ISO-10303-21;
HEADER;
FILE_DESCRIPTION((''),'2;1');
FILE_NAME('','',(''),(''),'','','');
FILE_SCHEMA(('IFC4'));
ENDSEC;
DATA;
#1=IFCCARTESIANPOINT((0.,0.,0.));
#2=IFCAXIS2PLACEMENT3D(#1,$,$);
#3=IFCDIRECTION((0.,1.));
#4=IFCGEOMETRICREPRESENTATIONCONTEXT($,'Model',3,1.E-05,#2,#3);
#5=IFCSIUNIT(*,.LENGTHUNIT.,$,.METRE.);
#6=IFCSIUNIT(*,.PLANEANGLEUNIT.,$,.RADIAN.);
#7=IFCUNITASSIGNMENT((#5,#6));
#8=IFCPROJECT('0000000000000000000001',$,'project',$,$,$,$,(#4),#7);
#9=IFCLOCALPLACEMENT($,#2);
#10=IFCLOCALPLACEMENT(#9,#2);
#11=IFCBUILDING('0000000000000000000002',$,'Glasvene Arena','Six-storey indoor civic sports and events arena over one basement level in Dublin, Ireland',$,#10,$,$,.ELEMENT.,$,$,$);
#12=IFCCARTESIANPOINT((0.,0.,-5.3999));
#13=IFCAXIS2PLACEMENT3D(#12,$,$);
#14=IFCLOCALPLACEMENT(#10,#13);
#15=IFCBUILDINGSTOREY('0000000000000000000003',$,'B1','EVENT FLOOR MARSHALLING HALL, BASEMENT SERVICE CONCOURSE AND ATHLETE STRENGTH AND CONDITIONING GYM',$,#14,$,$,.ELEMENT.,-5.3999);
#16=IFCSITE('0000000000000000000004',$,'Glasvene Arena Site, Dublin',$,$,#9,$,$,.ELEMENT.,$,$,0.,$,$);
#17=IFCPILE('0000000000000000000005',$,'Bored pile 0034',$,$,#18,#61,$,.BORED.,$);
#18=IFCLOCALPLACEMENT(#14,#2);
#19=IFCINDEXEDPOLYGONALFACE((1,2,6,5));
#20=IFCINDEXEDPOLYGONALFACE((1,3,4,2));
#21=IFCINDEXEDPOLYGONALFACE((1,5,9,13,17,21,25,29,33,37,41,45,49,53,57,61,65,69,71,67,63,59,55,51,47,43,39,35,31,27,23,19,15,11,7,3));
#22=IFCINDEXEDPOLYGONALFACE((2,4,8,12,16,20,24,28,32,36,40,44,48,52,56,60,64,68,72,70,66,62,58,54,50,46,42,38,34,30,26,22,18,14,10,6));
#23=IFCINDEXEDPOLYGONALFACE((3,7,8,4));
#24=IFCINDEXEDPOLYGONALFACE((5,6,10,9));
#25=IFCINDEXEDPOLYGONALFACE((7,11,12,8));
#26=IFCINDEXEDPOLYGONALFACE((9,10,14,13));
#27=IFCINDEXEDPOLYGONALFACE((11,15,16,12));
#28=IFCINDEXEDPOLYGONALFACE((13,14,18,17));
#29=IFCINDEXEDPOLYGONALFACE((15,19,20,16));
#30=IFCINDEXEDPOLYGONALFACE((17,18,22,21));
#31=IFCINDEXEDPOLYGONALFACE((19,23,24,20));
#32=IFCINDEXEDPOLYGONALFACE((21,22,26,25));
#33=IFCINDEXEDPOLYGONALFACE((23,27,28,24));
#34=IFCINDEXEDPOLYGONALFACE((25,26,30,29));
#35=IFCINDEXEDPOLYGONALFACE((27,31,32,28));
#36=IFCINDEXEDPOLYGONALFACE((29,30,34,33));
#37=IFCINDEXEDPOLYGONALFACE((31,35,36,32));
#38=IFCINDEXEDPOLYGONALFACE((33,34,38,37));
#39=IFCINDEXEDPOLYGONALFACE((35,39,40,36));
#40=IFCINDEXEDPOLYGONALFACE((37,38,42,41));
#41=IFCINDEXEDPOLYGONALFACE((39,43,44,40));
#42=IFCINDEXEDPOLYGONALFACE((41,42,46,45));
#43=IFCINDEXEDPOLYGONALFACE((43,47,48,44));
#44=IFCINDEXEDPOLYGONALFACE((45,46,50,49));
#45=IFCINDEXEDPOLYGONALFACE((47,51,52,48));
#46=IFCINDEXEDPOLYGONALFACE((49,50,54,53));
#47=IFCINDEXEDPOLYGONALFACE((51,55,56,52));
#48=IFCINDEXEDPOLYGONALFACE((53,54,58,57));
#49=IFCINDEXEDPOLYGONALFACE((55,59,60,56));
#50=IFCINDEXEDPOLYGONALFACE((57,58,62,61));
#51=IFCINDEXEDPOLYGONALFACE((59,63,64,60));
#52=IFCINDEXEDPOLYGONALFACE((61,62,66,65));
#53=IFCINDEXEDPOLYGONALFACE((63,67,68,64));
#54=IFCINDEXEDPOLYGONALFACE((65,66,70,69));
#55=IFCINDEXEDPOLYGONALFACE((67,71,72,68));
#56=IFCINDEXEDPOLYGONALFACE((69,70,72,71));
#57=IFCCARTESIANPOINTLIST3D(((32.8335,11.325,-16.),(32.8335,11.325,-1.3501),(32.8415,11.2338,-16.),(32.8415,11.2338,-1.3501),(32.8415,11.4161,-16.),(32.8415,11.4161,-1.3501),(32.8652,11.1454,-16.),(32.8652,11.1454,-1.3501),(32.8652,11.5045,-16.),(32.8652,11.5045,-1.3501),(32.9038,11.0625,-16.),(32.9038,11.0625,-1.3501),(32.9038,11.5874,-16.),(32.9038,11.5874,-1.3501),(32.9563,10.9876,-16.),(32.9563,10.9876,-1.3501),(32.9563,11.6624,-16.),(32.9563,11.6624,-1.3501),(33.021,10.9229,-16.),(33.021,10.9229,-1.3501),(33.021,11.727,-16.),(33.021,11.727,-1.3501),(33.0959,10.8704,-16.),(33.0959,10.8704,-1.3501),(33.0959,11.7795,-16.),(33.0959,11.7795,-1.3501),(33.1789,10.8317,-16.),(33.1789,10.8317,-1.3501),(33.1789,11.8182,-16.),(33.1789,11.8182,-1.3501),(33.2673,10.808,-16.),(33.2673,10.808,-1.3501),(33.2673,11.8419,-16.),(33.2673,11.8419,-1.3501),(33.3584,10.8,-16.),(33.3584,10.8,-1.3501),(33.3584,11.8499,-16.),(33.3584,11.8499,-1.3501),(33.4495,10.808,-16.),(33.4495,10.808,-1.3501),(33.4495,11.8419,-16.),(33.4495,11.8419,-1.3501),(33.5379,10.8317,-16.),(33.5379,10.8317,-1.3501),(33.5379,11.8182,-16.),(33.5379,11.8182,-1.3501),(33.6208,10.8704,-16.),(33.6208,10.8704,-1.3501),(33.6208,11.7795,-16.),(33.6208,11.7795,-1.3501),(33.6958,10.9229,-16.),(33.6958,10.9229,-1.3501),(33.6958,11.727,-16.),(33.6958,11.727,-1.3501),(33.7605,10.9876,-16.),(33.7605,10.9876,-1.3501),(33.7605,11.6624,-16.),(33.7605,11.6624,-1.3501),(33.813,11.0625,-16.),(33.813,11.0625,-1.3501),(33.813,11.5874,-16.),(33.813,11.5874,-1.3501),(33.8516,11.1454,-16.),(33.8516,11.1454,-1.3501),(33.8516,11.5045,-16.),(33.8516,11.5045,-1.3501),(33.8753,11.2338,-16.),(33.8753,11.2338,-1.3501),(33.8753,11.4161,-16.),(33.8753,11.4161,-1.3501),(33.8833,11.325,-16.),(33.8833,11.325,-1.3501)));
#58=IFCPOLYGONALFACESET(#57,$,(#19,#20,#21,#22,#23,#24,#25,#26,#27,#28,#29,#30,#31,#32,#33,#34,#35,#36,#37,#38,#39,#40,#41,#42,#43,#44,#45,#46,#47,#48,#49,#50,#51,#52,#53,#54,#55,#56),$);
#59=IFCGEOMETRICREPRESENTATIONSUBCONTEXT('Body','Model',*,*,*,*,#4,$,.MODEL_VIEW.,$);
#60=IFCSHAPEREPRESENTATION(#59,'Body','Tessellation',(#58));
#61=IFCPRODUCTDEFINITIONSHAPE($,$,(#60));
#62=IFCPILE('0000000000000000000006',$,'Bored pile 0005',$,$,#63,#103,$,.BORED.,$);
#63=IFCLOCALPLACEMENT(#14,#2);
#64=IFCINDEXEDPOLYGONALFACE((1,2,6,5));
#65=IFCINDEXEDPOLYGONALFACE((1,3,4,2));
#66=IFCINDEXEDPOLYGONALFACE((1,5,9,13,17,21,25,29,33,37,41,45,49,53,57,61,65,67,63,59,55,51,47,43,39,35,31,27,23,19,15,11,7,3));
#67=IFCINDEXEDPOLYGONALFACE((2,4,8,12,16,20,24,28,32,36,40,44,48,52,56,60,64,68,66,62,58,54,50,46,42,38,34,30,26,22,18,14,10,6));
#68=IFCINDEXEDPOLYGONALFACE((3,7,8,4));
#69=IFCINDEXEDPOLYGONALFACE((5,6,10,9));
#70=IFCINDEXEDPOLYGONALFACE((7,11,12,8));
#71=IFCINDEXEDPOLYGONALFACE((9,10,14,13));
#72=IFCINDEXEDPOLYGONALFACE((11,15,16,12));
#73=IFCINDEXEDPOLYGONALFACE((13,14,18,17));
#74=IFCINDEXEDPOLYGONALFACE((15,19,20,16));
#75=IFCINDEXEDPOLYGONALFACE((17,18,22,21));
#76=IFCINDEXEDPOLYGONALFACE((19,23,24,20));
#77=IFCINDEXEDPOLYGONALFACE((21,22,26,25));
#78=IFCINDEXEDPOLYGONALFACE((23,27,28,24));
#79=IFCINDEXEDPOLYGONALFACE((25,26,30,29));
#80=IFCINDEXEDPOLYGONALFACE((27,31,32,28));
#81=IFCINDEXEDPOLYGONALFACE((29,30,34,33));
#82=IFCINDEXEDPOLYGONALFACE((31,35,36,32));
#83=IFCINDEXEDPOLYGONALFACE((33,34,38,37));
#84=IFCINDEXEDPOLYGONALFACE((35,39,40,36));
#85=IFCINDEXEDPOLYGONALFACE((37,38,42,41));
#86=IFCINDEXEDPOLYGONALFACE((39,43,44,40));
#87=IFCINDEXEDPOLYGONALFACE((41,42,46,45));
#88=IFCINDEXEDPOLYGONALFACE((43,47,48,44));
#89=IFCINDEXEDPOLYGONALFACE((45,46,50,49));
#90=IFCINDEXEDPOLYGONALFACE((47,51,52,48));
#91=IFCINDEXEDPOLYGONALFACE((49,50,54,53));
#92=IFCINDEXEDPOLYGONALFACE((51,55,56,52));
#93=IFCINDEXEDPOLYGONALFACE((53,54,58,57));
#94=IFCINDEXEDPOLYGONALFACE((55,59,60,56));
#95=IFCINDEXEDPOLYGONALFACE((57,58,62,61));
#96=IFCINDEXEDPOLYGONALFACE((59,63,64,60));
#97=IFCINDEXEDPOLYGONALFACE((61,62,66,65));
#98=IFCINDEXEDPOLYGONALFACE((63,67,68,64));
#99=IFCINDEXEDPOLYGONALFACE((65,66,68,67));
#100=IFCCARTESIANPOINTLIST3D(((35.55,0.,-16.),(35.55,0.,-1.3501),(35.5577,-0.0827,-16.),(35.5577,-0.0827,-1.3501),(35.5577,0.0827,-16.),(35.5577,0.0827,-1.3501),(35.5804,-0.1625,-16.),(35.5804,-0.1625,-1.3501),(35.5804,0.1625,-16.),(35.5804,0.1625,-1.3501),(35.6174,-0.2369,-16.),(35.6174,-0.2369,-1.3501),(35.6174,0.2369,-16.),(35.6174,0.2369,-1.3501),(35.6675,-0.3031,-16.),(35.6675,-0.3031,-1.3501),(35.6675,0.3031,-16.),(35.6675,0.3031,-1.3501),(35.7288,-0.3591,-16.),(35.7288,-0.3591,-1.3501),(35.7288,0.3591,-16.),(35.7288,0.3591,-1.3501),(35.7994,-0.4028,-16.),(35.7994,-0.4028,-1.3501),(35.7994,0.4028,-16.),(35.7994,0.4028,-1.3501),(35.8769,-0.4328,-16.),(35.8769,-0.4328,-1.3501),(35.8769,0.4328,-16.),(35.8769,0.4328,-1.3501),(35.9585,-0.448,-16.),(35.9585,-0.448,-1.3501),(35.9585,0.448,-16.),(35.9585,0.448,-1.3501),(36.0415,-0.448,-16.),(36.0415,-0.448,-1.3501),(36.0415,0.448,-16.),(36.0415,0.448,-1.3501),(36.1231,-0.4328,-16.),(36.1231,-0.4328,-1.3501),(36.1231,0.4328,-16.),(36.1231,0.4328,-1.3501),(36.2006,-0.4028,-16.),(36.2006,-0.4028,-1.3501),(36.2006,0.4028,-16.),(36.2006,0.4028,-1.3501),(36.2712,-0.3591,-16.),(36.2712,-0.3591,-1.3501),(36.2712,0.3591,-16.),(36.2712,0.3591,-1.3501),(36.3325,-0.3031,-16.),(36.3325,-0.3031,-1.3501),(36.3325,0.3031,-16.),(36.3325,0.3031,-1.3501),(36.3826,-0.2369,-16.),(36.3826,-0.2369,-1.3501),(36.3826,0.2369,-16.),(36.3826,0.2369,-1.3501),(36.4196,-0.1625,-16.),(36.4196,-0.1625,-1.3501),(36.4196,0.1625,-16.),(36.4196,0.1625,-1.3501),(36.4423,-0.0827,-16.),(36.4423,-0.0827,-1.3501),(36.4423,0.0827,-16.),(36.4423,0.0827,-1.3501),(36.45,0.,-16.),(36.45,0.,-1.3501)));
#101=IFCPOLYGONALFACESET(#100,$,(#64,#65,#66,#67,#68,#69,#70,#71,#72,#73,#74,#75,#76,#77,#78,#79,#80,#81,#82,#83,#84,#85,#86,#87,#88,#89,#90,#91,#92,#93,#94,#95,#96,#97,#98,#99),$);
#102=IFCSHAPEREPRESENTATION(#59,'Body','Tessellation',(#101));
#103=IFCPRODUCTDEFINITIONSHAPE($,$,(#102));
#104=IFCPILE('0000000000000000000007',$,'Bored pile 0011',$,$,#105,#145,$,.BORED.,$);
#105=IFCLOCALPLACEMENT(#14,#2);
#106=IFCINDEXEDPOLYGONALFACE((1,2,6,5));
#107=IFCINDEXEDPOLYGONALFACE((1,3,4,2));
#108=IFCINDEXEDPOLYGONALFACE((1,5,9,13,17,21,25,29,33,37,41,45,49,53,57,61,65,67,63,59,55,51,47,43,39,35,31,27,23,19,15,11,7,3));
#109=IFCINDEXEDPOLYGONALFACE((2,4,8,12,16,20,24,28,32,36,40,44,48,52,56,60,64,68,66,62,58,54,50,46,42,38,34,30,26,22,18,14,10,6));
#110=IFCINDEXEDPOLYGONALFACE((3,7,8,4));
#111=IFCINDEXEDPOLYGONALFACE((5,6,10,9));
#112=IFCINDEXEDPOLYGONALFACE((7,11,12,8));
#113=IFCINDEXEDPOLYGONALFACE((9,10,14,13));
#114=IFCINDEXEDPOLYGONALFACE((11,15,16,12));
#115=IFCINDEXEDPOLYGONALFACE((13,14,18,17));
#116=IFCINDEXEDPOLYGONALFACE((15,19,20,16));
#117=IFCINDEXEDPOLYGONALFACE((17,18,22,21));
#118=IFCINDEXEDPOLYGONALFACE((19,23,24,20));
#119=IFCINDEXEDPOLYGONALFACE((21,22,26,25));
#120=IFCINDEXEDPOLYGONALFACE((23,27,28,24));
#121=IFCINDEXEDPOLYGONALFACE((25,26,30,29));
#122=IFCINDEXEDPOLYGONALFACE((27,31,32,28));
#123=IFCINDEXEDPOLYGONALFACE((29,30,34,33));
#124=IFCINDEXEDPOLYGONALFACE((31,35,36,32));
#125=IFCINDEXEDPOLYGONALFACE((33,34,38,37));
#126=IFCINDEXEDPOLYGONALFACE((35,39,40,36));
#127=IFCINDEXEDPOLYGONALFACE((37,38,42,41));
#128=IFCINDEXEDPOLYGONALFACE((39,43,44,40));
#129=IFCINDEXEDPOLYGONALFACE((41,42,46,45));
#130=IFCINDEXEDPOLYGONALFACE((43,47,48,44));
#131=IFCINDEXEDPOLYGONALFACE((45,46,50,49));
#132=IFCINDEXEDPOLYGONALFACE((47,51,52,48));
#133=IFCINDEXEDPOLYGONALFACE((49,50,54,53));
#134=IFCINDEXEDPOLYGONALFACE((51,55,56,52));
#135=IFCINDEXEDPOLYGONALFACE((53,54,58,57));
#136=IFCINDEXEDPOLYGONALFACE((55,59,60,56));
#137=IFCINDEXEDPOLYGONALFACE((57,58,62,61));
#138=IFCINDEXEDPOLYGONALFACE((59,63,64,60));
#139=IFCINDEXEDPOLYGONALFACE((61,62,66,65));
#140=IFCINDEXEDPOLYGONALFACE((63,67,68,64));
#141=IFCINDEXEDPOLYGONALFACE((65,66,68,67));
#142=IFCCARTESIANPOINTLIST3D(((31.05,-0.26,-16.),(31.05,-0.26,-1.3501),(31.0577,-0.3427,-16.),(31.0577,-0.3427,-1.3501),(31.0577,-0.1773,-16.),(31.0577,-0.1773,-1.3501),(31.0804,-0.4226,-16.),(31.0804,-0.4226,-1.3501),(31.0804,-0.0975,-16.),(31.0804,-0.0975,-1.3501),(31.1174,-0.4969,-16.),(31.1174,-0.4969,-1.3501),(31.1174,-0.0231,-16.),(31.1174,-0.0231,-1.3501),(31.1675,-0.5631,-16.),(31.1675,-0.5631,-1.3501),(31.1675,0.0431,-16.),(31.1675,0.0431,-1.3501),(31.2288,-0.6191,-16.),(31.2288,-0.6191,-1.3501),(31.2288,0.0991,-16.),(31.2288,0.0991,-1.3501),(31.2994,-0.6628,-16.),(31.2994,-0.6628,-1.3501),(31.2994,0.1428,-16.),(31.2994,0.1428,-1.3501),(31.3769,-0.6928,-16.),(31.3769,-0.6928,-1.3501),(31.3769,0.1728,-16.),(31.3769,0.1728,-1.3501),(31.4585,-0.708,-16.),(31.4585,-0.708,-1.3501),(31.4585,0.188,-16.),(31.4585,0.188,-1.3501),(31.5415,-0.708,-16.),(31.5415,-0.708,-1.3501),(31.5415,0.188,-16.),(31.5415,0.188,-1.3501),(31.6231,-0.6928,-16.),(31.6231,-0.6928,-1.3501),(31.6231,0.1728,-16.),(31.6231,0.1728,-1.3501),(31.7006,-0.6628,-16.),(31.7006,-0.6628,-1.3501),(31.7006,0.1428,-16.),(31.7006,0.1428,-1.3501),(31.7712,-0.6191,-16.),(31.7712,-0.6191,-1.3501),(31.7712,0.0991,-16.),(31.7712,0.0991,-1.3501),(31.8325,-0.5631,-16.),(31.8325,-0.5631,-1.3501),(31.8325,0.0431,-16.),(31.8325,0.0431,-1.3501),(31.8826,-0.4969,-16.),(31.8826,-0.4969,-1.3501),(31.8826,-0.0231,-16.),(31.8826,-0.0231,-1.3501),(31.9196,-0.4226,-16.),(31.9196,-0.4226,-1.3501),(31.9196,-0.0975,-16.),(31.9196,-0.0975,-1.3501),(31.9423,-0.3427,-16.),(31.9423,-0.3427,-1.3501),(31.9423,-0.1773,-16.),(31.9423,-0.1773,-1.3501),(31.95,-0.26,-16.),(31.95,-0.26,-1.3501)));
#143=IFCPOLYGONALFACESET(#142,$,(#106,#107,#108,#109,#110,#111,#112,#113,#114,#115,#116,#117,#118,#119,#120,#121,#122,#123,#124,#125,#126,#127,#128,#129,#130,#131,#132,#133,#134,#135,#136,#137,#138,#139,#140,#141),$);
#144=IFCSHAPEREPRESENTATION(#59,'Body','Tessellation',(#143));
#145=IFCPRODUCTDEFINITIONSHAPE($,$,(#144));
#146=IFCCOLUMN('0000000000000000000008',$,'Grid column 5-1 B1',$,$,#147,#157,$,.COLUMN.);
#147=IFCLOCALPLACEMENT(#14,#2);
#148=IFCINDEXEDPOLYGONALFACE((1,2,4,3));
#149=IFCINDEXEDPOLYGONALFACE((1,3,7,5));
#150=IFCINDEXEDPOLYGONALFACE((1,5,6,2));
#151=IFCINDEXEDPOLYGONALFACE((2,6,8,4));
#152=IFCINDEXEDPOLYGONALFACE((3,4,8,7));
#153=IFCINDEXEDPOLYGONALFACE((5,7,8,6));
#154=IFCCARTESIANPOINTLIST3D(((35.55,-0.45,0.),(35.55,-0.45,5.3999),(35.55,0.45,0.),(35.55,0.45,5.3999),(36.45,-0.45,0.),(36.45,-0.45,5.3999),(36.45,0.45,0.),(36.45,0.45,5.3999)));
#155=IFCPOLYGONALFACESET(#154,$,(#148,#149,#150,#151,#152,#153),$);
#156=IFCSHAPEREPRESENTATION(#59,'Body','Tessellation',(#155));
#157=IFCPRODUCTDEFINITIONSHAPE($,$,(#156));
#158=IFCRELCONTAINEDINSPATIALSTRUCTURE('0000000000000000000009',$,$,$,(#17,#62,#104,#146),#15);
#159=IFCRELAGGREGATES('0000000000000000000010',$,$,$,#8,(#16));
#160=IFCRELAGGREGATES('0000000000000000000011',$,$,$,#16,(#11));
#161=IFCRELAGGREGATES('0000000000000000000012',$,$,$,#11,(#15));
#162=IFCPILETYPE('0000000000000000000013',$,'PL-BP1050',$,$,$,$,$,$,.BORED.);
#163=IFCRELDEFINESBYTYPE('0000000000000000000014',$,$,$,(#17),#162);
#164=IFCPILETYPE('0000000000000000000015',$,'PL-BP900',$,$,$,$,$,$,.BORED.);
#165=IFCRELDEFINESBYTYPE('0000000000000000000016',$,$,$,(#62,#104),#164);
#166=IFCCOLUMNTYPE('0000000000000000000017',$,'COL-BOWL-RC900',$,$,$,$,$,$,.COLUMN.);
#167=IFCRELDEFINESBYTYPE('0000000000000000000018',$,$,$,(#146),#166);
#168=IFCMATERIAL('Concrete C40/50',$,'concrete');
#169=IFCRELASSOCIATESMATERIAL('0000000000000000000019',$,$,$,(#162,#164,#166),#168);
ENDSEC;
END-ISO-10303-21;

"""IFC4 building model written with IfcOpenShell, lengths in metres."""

from ifc_helpers import new_model, si_unit, direction, frame, origin, origin_2d, place, context, subcontext, project, spatial, rectangle, circle, extrude, material, material_profile, profile_set, type_object, element, save


model = new_model("IFC4")

# Units and contexts
model_context = context("Model", 3, precision=1e-05, world=origin(), true_north=direction((0.0, 1.0)))
body_context = subcontext(model_context, "Body", "Model", "MODEL_VIEW")
ifc_project = project(units=[si_unit("LENGTHUNIT", "METRE"), si_unit("PLANEANGLEUNIT", "RADIAN")], contexts=[model_context])

# Site, building, storey
site_placement = place(None, origin())
site = spatial("IfcSite", under=ifc_project, at=site_placement, Name="Glasvene Arena Site, Dublin", CompositionType="ELEMENT", RefElevation=0.0)
building_placement = place(site_placement, origin())
building = spatial("IfcBuilding", under=site, at=building_placement, Name="Glasvene Arena", Description="Six-storey indoor civic sports and events arena over one basement level in Dublin, Ireland", CompositionType="ELEMENT")
storey_placement = place(building_placement, frame((0.0, 0.0, -5.3999)))
storey = spatial("IfcBuildingStorey", under=building, at=storey_placement, Name="B1", Description="EVENT FLOOR MARSHALLING HALL, BASEMENT SERVICE CONCOURSE AND ATHLETE STRENGTH AND CONDITIONING GYM", CompositionType="ELEMENT", Elevation=-5.3999)

# Shared definitions
ifc_material_1 = material(Name="Concrete C40/50", Category="concrete")

# Piles
ifc_material_profile_1 = material_profile(ifc_material_1, circle(Radius=0.5249, at=origin_2d()), Name="BORED PILE 1050")
ifc_profile_set_1 = profile_set([ifc_material_profile_1], Name="Concrete C40/50")
pile_type_1 = type_object("IfcPileType", Name="PL-BP1050", PredefinedType="BORED", material=ifc_profile_set_1)
for number, where, z_axis, x_axis, name in (
    (1, (33.3584, 11.325, -1.3501), (0.0, 0.0, -1.0), (1.0, 0.0, 0.0), "Bored pile 0034"),
):
    element("IfcPile", number, at=place(storey_placement, frame(where, z_axis=z_axis, x_axis=x_axis)), inside=storey, type_object=pile_type_1, Name=name, PredefinedType="BORED", context=body_context, shape_type="SweptSolid", body=[
        extrude(circle(Radius=0.5249, at=origin_2d()), origin(), (0.0, 0.0, 1.0), 14.6499),
    ])
ifc_material_profile_2 = material_profile(ifc_material_1, circle(Radius=0.45, at=origin_2d()), Name="BORED PILE 900")
ifc_profile_set_2 = profile_set([ifc_material_profile_2], Name="Concrete C40/50")
pile_type_2 = type_object("IfcPileType", Name="PL-BP900", PredefinedType="BORED", material=ifc_profile_set_2)
for number, where, z_axis, x_axis, name in (
    (2, (36.0, 0.0, -1.3501), (0.0, 0.0, -1.0), (1.0, 0.0, 0.0), "Bored pile 0005"),
    (3, (31.5, -0.26, -1.3501), (0.0, 0.0, -1.0), (1.0, 0.0, 0.0), "Bored pile 0011"),
):
    element("IfcPile", number, at=place(storey_placement, frame(where, z_axis=z_axis, x_axis=x_axis)), inside=storey, type_object=pile_type_2, Name=name, PredefinedType="BORED", context=body_context, shape_type="SweptSolid", body=[
        extrude(circle(Radius=0.45, at=origin_2d()), origin(), (0.0, 0.0, 1.0), 14.6499),
    ])

# Column
ifc_material_profile_3 = material_profile(ifc_material_1, rectangle(XDim=0.8999, YDim=0.8999, at=origin_2d()), Name="RC 900x900")
ifc_profile_set_3 = profile_set([ifc_material_profile_3], Name="Concrete C40/50")
column_type_1 = type_object("IfcColumnType", Name="COL-BOWL-RC900", PredefinedType="COLUMN", material=ifc_profile_set_3)
column_1_placement = place(storey_placement, frame((36.0, 0.0, 0.0), z_axis=(0.0, 0.0, 1.0), x_axis=(1.0, 0.0, 0.0)))
element("IfcColumn", 4, at=column_1_placement, inside=storey, type_object=column_type_1, Name="Grid column 5-1 B1", PredefinedType="COLUMN", context=body_context, shape_type="SweptSolid", body=[
    extrude(rectangle(XDim=0.8999, YDim=0.8999, at=origin_2d()), origin(), (0.0, 0.0, 1.0), 5.3999),
])

save(model, "model.ifc")
